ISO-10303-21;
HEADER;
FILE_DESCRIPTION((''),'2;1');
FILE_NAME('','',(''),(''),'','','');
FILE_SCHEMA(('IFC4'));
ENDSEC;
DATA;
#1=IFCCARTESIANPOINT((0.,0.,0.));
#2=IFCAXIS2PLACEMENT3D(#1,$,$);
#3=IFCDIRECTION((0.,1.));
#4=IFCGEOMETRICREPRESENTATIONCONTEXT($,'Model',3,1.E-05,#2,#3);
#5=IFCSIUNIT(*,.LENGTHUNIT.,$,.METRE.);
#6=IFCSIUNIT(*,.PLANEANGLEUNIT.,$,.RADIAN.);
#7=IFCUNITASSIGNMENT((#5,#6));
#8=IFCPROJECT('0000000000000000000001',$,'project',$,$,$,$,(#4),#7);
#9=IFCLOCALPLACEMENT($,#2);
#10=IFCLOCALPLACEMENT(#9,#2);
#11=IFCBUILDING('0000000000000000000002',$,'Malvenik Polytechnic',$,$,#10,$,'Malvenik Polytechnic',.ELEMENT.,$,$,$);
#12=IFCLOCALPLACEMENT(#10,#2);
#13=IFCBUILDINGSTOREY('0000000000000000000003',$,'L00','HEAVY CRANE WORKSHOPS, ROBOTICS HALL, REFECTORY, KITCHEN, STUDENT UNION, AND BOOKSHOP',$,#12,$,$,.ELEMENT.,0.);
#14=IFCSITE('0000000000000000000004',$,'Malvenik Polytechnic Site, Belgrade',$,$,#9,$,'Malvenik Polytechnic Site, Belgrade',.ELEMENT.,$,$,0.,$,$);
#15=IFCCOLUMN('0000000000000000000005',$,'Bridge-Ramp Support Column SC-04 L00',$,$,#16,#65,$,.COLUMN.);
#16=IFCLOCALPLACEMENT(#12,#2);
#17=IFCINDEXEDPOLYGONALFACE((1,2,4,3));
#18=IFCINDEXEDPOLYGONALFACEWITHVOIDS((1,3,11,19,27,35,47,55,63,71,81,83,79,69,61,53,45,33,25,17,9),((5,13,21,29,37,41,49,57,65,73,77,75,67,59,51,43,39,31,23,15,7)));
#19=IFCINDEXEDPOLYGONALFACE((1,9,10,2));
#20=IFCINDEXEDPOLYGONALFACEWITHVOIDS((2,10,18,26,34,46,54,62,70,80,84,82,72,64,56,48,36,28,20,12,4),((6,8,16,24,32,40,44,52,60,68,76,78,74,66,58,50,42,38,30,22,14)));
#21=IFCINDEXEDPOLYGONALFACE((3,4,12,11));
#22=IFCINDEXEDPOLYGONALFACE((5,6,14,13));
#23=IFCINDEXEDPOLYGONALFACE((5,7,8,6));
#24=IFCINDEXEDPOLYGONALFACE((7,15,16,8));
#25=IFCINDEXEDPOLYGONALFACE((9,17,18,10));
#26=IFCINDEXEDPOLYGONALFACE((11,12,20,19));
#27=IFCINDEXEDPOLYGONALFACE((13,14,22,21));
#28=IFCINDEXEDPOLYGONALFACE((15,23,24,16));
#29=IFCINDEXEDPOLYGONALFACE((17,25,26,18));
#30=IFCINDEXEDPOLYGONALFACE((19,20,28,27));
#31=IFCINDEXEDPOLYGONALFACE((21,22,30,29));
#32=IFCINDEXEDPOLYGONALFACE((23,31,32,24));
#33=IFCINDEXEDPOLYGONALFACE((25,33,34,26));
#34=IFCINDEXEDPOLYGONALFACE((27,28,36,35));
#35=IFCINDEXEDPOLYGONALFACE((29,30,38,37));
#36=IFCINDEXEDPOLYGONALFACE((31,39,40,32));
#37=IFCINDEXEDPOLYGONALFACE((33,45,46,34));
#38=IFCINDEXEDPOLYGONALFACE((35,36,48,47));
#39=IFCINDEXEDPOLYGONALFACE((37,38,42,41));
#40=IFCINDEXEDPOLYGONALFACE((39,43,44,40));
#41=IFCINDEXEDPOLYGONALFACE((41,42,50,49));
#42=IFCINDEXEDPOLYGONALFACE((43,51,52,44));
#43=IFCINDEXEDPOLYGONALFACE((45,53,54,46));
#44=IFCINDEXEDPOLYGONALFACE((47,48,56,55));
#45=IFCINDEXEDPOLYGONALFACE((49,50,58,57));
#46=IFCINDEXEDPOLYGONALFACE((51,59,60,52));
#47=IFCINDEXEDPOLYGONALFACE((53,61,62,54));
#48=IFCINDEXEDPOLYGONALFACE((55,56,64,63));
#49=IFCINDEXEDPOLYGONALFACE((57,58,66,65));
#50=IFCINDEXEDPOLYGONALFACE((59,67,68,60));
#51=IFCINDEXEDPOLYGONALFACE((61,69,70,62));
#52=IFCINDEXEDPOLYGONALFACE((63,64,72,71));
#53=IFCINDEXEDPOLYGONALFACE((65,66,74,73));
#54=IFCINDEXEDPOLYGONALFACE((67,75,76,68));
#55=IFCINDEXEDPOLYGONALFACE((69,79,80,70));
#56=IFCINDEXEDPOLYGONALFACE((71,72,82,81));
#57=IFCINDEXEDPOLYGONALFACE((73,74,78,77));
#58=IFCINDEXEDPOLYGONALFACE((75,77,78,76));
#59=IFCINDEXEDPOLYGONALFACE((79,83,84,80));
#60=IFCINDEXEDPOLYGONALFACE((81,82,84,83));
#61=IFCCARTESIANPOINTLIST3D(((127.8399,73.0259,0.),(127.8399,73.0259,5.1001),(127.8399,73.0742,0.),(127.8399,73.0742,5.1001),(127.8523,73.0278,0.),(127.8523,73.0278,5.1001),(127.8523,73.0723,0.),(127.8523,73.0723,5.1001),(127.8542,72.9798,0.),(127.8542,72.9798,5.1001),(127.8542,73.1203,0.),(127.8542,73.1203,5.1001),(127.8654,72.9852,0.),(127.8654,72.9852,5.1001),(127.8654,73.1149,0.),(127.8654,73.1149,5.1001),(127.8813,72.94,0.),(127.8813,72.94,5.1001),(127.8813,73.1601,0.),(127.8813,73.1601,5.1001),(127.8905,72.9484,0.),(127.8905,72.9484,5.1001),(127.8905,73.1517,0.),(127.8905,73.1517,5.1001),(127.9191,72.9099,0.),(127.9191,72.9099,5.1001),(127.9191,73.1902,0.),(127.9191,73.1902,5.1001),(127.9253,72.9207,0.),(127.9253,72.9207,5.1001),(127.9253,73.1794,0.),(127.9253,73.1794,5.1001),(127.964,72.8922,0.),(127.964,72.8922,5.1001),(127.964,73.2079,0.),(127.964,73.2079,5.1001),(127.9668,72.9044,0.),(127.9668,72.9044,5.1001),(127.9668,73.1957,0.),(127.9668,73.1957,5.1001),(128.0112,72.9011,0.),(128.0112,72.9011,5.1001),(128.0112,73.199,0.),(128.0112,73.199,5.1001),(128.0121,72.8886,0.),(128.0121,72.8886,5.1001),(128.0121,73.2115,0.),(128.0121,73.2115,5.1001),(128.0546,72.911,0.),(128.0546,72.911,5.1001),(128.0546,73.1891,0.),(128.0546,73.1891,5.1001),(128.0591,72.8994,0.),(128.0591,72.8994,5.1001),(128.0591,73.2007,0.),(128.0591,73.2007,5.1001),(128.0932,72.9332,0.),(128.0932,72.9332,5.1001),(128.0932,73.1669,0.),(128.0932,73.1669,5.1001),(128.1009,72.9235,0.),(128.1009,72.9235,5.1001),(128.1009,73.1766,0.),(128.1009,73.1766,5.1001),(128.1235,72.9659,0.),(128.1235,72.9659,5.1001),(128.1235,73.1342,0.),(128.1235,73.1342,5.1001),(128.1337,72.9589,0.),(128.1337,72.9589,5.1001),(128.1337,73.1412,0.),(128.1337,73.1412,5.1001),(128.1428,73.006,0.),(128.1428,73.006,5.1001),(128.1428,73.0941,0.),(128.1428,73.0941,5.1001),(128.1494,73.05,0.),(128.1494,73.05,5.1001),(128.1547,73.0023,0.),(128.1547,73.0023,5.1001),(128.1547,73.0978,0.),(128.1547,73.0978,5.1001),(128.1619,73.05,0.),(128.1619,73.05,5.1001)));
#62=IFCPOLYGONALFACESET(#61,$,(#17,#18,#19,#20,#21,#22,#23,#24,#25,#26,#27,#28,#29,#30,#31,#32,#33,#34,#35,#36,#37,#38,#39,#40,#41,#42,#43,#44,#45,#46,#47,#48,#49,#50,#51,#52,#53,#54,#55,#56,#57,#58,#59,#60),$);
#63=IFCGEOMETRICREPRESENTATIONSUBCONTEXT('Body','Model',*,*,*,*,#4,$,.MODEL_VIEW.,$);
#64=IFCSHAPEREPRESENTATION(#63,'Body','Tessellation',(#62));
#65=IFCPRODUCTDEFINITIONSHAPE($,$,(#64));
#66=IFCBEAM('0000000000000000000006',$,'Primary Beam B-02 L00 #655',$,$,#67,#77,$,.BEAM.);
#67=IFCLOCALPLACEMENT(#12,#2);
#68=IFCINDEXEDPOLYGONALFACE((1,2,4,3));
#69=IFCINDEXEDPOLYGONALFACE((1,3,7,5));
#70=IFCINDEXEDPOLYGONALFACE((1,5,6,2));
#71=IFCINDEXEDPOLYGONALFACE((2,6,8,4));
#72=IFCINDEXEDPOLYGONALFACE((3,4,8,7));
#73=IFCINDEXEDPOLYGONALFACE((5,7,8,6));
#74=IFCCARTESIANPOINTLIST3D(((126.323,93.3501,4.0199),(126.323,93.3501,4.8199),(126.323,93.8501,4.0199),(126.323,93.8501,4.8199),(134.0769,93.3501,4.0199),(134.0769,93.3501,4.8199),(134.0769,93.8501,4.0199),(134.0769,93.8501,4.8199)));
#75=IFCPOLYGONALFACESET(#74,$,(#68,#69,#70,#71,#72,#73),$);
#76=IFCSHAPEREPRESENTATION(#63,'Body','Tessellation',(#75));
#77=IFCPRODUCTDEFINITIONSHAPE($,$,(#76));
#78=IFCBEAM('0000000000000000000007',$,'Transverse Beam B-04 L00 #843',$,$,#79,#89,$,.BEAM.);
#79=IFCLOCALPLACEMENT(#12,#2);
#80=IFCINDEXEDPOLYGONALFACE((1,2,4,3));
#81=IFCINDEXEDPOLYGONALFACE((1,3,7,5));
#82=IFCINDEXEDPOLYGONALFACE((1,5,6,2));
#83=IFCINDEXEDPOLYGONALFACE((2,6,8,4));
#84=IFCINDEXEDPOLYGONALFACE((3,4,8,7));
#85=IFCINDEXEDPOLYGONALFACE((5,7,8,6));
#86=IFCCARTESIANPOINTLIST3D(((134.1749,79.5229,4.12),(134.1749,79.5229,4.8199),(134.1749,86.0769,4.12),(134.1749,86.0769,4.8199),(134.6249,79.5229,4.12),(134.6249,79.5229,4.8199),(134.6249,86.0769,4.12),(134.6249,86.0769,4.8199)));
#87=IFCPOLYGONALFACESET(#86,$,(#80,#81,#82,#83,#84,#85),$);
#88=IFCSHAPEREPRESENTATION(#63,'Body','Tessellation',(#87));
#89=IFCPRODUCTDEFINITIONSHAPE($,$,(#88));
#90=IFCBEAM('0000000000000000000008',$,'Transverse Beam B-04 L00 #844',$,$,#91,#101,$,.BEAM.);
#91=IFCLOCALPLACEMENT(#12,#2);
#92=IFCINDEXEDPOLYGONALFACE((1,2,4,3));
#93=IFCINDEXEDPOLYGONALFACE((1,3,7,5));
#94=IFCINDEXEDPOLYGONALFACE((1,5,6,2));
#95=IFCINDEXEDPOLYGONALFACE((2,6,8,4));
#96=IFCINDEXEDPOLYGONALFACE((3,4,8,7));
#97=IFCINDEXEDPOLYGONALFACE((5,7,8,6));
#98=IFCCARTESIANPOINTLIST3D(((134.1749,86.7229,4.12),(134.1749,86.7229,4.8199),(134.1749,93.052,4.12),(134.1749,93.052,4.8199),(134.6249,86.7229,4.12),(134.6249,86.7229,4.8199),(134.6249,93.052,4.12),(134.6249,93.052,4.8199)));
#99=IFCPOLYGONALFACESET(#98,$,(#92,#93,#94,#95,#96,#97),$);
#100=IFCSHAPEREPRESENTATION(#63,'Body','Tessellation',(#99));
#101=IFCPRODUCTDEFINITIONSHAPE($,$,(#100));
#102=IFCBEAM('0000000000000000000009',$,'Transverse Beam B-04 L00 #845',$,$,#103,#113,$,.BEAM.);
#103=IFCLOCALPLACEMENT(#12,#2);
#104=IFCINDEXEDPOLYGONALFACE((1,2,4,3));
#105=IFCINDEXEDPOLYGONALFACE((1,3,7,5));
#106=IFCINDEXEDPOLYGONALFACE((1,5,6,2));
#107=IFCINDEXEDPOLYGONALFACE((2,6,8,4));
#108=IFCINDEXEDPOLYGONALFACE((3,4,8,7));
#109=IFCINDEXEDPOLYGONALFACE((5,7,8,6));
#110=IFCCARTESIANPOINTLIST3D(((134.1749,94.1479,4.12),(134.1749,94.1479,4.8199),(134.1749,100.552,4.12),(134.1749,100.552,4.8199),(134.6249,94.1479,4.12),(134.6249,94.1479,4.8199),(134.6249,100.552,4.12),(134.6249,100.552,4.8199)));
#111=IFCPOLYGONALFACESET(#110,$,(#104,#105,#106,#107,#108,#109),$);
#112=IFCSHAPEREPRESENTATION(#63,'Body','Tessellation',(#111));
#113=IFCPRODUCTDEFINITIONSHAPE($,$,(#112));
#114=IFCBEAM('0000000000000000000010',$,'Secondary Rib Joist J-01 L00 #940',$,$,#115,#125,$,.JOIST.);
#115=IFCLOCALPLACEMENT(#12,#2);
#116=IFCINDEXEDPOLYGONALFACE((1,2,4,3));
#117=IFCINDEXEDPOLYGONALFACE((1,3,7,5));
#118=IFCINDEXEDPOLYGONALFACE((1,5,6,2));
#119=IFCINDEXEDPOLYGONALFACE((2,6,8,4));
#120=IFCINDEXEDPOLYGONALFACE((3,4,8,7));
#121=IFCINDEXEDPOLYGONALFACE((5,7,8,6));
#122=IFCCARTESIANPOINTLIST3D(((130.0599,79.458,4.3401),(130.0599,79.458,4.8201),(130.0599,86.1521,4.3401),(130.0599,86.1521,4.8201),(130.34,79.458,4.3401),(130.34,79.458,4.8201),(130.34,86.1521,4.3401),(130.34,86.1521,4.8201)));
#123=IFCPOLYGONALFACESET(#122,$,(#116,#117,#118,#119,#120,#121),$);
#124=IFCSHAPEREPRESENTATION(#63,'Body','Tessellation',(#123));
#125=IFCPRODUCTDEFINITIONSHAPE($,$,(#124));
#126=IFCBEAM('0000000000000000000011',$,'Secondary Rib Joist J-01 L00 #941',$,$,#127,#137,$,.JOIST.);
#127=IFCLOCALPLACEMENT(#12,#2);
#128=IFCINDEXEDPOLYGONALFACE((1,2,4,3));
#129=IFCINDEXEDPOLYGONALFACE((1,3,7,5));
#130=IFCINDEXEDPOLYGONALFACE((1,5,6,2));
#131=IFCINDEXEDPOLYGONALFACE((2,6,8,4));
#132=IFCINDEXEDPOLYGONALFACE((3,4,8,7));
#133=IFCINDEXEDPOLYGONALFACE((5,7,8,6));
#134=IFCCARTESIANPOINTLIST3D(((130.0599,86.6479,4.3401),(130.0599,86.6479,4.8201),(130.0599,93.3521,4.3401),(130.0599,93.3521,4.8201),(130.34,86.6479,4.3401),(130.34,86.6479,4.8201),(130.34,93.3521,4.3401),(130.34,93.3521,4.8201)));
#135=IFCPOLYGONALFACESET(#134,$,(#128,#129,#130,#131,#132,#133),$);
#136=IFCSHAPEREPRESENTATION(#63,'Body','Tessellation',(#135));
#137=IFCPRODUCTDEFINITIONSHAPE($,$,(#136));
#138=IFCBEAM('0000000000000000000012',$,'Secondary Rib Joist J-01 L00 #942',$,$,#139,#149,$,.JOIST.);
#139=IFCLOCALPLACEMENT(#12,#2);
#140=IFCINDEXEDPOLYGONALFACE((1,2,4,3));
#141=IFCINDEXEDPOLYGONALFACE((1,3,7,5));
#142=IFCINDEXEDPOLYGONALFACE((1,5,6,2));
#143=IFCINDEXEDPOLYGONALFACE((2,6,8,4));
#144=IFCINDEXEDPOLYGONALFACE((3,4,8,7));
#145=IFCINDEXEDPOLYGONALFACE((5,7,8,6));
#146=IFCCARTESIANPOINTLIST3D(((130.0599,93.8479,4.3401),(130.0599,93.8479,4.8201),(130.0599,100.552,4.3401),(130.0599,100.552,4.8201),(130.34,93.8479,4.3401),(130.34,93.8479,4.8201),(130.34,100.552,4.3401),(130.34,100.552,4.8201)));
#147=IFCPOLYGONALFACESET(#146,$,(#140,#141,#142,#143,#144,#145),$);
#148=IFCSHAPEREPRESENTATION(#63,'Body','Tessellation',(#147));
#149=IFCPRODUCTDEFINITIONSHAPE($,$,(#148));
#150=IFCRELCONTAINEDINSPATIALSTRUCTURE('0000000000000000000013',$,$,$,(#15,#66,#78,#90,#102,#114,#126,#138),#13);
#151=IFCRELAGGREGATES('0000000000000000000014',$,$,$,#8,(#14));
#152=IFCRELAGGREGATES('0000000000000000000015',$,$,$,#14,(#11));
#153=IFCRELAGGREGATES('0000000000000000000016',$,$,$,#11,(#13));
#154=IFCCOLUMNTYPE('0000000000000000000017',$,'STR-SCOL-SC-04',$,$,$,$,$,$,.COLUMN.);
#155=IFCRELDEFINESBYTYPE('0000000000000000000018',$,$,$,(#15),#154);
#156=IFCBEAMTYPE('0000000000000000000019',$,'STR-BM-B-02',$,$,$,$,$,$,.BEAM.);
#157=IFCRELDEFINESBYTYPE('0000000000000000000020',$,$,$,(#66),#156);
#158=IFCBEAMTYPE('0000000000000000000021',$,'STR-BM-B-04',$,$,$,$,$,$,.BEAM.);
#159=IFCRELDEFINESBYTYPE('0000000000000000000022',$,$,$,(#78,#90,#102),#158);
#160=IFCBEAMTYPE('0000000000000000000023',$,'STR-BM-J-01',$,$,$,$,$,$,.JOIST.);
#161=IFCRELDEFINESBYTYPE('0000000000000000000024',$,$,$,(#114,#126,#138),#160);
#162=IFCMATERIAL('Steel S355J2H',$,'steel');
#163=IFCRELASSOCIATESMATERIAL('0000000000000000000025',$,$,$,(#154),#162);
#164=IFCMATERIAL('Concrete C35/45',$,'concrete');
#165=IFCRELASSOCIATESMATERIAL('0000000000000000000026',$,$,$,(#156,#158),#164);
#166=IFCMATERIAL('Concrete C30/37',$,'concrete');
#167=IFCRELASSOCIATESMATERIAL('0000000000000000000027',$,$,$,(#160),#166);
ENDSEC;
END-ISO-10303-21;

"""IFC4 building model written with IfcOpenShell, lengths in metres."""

from ifc_helpers import new_model, si_unit, direction, frame, origin, origin_2d, place, context, subcontext, project, spatial, rectangle, hollow_circle, extrude, material, material_profile, profile_set, type_object, element, save


model = new_model("IFC4")

# Units and contexts
model_context = context("Model", 3, precision=1e-05, world=origin(), true_north=direction((0.0, 1.0)))
body_context = subcontext(model_context, "Body", "Model", "MODEL_VIEW")
ifc_project = project(units=[si_unit("LENGTHUNIT", "METRE"), si_unit("PLANEANGLEUNIT", "RADIAN")], contexts=[model_context])

# Site, building, storey
site_placement = place(None, origin())
site = spatial("IfcSite", under=ifc_project, at=site_placement, Name="Malvenik Polytechnic Site, Belgrade", LongName="Malvenik Polytechnic Site, Belgrade", CompositionType="ELEMENT", RefElevation=0.0)
building_placement = place(site_placement, origin())
building = spatial("IfcBuilding", under=site, at=building_placement, Name="Malvenik Polytechnic", LongName="Malvenik Polytechnic", CompositionType="ELEMENT")
storey_placement = place(building_placement, origin())
storey = spatial("IfcBuildingStorey", under=building, at=storey_placement, Name="L00", Description="HEAVY CRANE WORKSHOPS, ROBOTICS HALL, REFECTORY, KITCHEN, STUDENT UNION, AND BOOKSHOP", CompositionType="ELEMENT", Elevation=0.0)

# Column
ifc_material_1 = material(Name="Concrete C35/45", Category="concrete")
ifc_material_2 = material(Name="Concrete C30/37", Category="concrete")
ifc_material_3 = material(Name="Steel S355J2H", Category="steel")
ifc_material_profile_1 = material_profile(ifc_material_3, hollow_circle(Radius=0.1619, WallThickness=0.0125, at=origin_2d()), Name="CHS 323.9x12.5")
ifc_profile_set_1 = profile_set([ifc_material_profile_1], Name="Steel S355J2H")
column_type_1 = type_object("IfcColumnType", Name="STR-SCOL-SC-04", PredefinedType="COLUMN", material=ifc_profile_set_1)
for number, where, z_axis, x_axis, name in (
    (1, (128.0, 73.05, 0.0), (0.0, 0.0, 1.0), (1.0, 0.0, 0.0), "Bridge-Ramp Support Column SC-04 L00"),
):
    element("IfcColumn", number, at=place(storey_placement, frame(where, z_axis=z_axis, x_axis=x_axis)), inside=storey, type_object=column_type_1, Name=name, PredefinedType="COLUMN", context=body_context, shape_type="SweptSolid", body=[
        extrude(hollow_circle(Radius=0.1619, WallThickness=0.0125, at=origin_2d()), origin(), (0.0, 0.0, 1.0), 5.1001),
    ])

# Beams
ifc_material_profile_2 = material_profile(ifc_material_1, rectangle(XDim=0.5, YDim=0.8, at=origin_2d()), Name="RC BM 500x800")
ifc_profile_set_2 = profile_set([ifc_material_profile_2], Name="Concrete C35/45")
beam_type_1 = type_object("IfcBeamType", Name="STR-BM-B-02", PredefinedType="BEAM", material=ifc_profile_set_2)
beam_1_placement = place(storey_placement, frame((126.323, 93.6001, 4.4199), z_axis=(1.0, 0.0, 0.0), x_axis=(0.0, 1.0, 0.0)))
element("IfcBeam", 2, at=beam_1_placement, inside=storey, type_object=beam_type_1, Name="Primary Beam B-02 L00 #655", PredefinedType="BEAM", context=body_context, shape_type="SweptSolid", body=[
    extrude(rectangle(XDim=0.5, YDim=0.8, at=origin_2d()), origin(), (0.0, 0.0, 1.0), 7.7539),
])
ifc_material_profile_3 = material_profile(ifc_material_1, rectangle(XDim=0.45, YDim=0.7, at=origin_2d()), Name="RC BM 450x700")
ifc_profile_set_3 = profile_set([ifc_material_profile_3], Name="Concrete C35/45")
beam_type_2 = type_object("IfcBeamType", Name="STR-BM-B-04", PredefinedType="BEAM", material=ifc_profile_set_3)
beam_2_placement = place(storey_placement, frame((134.3999, 79.5229, 4.47), z_axis=(0.0, 1.0, 0.0), x_axis=(-1.0, 0.0, 0.0)))
element("IfcBeam", 3, at=beam_2_placement, inside=storey, type_object=beam_type_2, Name="Transverse Beam B-04 L00 #843", PredefinedType="BEAM", context=body_context, shape_type="SweptSolid", body=[
    extrude(rectangle(XDim=0.45, YDim=0.7, at=origin_2d()), origin(), (0.0, 0.0, 1.0), 6.554),
])
beam_3_placement = place(storey_placement, frame((134.3999, 86.7229, 4.47), z_axis=(0.0, 1.0, 0.0), x_axis=(-1.0, 0.0, 0.0)))
element("IfcBeam", 4, at=beam_3_placement, inside=storey, type_object=beam_type_2, Name="Transverse Beam B-04 L00 #844", PredefinedType="BEAM", context=body_context, shape_type="SweptSolid", body=[
    extrude(rectangle(XDim=0.45, YDim=0.7, at=origin_2d()), origin(), (0.0, 0.0, 1.0), 6.3291),
])
beam_4_placement = place(storey_placement, frame((134.3999, 94.1479, 4.47), z_axis=(0.0, 1.0, 0.0), x_axis=(-1.0, 0.0, 0.0)))
element("IfcBeam", 5, at=beam_4_placement, inside=storey, type_object=beam_type_2, Name="Transverse Beam B-04 L00 #845", PredefinedType="BEAM", context=body_context, shape_type="SweptSolid", body=[
    extrude(rectangle(XDim=0.45, YDim=0.7, at=origin_2d()), origin(), (0.0, 0.0, 1.0), 6.4041),
])
ifc_material_profile_4 = material_profile(ifc_material_2, rectangle(XDim=0.28, YDim=0.48, at=origin_2d()), Name="RC JST 280x480")
ifc_profile_set_4 = profile_set([ifc_material_profile_4], Name="Concrete C30/37")
beam_type_3 = type_object("IfcBeamType", Name="STR-BM-J-01", PredefinedType="JOIST", material=ifc_profile_set_4)
beam_5_placement = place(storey_placement, frame((130.2, 79.458, 4.5801), z_axis=(0.0, 1.0, 0.0), x_axis=(-1.0, 0.0, 0.0)))
element("IfcBeam", 6, at=beam_5_placement, inside=storey, type_object=beam_type_3, Name="Secondary Rib Joist J-01 L00 #940", PredefinedType="JOIST", context=body_context, shape_type="SweptSolid", body=[
    extrude(rectangle(XDim=0.28, YDim=0.48, at=origin_2d()), origin(), (0.0, 0.0, 1.0), 6.6941),
])
for number, where, z_axis, x_axis, name in (
    (7, (130.2, 86.6479, 4.5801), (0.0, 1.0, 0.0), (-1.0, 0.0, 0.0), "Secondary Rib Joist J-01 L00 #941"),
    (8, (130.2, 93.8479, 4.5801), (0.0, 1.0, 0.0), (-1.0, 0.0, 0.0), "Secondary Rib Joist J-01 L00 #942"),
):
    element("IfcBeam", number, at=place(storey_placement, frame(where, z_axis=z_axis, x_axis=x_axis)), inside=storey, type_object=beam_type_3, Name=name, PredefinedType="JOIST", context=body_context, shape_type="SweptSolid", body=[
        extrude(rectangle(XDim=0.28, YDim=0.48, at=origin_2d()), origin(), (0.0, 0.0, 1.0), 6.7041),
    ])

save(model, "model.ifc")
